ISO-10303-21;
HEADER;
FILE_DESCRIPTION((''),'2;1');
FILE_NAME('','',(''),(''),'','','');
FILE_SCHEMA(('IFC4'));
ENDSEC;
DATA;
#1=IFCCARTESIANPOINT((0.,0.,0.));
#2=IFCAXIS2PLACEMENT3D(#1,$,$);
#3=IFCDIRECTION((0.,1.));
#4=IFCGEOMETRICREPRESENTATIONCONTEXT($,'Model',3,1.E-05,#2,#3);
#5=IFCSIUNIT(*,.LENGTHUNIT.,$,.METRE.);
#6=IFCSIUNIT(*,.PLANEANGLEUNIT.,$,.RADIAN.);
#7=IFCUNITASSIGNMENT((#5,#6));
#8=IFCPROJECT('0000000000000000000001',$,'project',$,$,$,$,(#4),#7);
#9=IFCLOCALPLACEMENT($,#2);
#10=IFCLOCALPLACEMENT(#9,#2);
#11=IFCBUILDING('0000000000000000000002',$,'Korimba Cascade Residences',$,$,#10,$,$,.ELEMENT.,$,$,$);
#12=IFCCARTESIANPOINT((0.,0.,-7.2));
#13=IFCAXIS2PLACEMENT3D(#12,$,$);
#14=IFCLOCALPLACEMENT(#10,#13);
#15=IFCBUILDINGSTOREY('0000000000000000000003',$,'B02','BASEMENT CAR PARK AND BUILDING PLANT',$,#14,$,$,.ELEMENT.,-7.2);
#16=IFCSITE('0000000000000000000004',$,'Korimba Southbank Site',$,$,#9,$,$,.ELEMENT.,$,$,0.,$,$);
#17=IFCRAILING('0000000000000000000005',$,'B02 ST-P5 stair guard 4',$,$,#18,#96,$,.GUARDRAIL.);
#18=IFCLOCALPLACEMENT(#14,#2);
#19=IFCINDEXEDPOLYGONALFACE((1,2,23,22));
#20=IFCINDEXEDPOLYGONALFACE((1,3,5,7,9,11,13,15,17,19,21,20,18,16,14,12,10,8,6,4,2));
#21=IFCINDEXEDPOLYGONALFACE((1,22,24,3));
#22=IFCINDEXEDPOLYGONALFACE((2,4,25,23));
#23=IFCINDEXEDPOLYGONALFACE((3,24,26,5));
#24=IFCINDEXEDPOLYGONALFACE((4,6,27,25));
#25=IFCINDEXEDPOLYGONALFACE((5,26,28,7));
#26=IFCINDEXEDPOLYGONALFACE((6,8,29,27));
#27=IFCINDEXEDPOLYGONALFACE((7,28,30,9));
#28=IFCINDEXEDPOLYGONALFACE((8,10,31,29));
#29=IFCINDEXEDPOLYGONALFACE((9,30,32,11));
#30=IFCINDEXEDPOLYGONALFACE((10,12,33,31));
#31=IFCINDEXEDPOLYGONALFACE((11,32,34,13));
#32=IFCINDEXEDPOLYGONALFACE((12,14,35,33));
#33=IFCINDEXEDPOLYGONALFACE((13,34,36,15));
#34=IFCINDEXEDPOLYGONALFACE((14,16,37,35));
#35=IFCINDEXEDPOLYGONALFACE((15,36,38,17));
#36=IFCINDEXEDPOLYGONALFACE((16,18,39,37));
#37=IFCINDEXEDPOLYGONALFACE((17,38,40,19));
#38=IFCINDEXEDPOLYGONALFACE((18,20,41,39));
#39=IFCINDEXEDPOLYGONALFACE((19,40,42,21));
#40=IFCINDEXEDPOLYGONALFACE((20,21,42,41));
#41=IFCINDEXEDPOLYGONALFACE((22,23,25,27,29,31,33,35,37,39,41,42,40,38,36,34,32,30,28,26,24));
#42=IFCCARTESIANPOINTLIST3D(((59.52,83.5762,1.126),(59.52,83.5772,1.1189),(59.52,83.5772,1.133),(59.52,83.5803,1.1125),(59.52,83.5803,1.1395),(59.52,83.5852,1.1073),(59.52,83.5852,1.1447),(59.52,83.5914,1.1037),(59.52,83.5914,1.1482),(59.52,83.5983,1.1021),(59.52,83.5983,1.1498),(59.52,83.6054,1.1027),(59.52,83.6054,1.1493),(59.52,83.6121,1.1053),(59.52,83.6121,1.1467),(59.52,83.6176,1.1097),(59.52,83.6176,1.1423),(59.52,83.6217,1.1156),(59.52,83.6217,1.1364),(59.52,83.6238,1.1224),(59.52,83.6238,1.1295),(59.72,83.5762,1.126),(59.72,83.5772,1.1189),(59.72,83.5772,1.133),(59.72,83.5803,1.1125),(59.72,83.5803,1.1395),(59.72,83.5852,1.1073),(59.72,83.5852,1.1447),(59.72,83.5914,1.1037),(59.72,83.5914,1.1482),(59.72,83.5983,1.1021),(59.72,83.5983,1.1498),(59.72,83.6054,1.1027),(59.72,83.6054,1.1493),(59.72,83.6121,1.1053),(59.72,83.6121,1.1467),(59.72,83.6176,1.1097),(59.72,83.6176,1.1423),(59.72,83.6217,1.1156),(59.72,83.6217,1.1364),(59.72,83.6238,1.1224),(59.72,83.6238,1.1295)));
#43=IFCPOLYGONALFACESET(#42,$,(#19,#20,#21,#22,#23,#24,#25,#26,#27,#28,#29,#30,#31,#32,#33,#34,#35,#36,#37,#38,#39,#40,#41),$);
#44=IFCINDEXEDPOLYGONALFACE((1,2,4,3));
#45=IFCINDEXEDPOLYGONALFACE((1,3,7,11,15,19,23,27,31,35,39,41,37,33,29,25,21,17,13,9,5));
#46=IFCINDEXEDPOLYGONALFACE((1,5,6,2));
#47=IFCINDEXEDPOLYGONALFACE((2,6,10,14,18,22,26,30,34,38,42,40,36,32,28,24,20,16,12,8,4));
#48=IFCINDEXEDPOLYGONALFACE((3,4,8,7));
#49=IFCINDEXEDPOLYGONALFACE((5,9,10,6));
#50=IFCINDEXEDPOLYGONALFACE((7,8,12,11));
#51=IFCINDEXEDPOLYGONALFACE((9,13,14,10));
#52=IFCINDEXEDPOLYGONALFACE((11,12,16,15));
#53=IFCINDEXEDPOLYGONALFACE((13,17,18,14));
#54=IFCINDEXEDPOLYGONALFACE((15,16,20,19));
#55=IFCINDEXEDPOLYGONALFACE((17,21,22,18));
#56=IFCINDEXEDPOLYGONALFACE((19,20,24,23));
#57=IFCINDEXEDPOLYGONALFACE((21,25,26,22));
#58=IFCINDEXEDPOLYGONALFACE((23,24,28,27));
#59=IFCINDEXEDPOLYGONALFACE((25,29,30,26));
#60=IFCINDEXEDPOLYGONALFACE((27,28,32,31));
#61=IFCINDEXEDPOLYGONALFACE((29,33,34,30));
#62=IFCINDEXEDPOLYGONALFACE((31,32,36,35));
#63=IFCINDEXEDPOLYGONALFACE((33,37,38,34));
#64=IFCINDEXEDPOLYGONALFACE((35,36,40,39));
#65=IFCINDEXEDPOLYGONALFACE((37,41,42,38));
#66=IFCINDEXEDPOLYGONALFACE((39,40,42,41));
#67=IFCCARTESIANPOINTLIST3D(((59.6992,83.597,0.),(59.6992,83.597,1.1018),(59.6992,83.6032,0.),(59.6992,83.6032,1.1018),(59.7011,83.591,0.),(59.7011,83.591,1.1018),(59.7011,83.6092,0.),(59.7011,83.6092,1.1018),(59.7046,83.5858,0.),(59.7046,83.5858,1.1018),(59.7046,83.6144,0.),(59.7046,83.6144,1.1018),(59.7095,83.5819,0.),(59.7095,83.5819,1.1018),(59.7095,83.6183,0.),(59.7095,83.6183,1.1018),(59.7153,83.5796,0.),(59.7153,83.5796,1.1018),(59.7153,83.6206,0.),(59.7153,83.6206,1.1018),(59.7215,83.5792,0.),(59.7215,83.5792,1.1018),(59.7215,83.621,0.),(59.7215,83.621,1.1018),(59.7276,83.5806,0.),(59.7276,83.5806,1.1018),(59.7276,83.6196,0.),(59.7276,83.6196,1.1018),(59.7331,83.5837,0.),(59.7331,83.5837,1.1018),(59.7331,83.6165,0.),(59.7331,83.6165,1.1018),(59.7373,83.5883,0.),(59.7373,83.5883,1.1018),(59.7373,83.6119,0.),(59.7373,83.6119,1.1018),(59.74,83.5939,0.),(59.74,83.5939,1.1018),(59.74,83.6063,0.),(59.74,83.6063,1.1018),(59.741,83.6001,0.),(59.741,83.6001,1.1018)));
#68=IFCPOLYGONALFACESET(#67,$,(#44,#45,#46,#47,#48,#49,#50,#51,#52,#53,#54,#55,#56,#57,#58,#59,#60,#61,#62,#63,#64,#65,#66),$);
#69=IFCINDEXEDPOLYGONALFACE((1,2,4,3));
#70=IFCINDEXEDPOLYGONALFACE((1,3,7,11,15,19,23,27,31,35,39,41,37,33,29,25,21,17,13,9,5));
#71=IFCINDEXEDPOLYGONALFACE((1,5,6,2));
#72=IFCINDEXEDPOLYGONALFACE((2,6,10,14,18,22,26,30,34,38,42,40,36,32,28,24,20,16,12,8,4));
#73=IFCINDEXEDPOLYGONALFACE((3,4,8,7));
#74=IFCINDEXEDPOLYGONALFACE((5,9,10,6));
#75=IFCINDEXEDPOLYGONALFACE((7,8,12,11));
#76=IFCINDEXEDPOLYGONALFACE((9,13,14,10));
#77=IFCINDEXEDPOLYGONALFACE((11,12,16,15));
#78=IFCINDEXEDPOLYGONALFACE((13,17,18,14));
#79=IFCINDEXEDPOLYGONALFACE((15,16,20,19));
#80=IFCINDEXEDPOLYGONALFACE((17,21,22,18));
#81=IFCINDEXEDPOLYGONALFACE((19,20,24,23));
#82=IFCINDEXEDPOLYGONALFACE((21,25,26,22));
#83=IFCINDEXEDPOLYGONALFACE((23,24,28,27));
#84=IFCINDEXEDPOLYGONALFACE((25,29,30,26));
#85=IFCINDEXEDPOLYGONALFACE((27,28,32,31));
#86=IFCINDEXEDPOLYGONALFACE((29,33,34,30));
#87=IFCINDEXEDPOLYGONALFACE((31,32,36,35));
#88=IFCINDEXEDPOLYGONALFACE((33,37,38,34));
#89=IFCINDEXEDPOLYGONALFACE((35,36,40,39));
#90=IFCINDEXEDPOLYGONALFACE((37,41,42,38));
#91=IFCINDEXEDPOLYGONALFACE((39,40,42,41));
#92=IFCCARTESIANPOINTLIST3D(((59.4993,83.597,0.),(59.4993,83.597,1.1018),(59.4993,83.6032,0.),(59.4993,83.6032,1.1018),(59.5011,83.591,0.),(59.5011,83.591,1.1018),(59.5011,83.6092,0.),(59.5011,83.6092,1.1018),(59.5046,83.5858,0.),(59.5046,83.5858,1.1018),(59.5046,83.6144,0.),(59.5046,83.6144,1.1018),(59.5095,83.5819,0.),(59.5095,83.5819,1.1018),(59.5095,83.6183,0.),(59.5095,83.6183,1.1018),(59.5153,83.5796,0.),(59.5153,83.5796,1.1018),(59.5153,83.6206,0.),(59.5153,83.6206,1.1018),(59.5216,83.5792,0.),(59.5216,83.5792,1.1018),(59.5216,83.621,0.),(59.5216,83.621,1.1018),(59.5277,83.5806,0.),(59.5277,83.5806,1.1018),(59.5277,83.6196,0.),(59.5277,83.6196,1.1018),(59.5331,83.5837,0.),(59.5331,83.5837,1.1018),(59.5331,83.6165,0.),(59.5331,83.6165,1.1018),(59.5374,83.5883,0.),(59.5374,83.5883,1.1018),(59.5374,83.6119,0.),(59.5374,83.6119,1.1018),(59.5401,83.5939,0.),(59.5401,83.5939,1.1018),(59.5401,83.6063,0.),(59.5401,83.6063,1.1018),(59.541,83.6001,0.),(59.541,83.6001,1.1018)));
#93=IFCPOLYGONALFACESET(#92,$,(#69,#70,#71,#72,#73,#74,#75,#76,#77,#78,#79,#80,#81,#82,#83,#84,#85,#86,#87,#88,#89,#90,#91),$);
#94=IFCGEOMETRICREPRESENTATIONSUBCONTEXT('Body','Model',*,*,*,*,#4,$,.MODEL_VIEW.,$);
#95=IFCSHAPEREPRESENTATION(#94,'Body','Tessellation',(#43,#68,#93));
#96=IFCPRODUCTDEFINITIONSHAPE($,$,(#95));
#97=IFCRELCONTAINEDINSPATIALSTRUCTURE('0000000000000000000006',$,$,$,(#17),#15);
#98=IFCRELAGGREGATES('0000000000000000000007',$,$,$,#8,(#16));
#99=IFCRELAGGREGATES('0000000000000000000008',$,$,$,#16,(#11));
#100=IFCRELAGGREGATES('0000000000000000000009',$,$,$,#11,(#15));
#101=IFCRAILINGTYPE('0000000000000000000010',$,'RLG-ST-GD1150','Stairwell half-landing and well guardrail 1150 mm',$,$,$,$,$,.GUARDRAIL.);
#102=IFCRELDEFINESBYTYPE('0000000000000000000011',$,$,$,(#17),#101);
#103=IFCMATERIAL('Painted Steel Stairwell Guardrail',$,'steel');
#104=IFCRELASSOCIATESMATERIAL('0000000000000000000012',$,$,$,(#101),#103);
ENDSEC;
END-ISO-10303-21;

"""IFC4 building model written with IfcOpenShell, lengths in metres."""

from ifc_helpers import new_model, si_unit, direction, frame, origin, origin_2d, place, context, subcontext, project, spatial, circle, extrude, material, type_object, element, save


model = new_model("IFC4")

# Units and contexts
model_context = context("Model", 3, precision=1e-05, world=origin(), true_north=direction((0.0, 1.0)))
body_context = subcontext(model_context, "Body", "Model", "MODEL_VIEW")
ifc_project = project(units=[si_unit("LENGTHUNIT", "METRE"), si_unit("PLANEANGLEUNIT", "RADIAN")], contexts=[model_context])

# Site, building, storey
site_placement = place(None, origin())
site = spatial("IfcSite", under=ifc_project, at=site_placement, Name="Korimba Southbank Site", CompositionType="ELEMENT", RefElevation=0.0)
building_placement = place(site_placement, origin())
building = spatial("IfcBuilding", under=site, at=building_placement, Name="Korimba Cascade Residences", CompositionType="ELEMENT")
storey_placement = place(building_placement, frame((0.0, 0.0, -7.2)))
storey = spatial("IfcBuildingStorey", under=building, at=storey_placement, Name="B02", Description="BASEMENT CAR PARK AND BUILDING PLANT", CompositionType="ELEMENT", Elevation=-7.2)

# Railing
ifc_material_1 = material(Name="Painted Steel Stairwell Guardrail", Category="steel")
railing_type_1 = type_object("IfcRailingType", Name="RLG-ST-GD1150", Description="Stairwell half-landing and well guardrail 1150 mm", PredefinedType="GUARDRAIL", material=ifc_material_1)
railing_1_placement = place(storey_placement, frame((59.72, 83.6001, 0.0)))
element("IfcRailing", 1, at=railing_1_placement, inside=storey, type_object=railing_type_1, Name="B02 ST-P5 stair guard 4", PredefinedType="GUARDRAIL", context=body_context, shape_type="SweptSolid", body=[
    extrude(circle(Radius=0.0239, at=origin_2d()), frame((0.0, 0.0, 1.126), z_axis=(-1.0, 0.0, 0.0), x_axis=(0.0, -1.0, 0.0)), (0.0, 0.0, 1.0), 0.2),
    extrude(circle(Radius=0.021, at=origin_2d()), origin(), (0.0, 0.0, 1.0), 1.1018),
    extrude(circle(Radius=0.021, at=origin_2d()), frame((-0.2, 0.0, 0.0)), (0.0, 0.0, 1.0), 1.1018),
])

save(model, "model.ifc")
